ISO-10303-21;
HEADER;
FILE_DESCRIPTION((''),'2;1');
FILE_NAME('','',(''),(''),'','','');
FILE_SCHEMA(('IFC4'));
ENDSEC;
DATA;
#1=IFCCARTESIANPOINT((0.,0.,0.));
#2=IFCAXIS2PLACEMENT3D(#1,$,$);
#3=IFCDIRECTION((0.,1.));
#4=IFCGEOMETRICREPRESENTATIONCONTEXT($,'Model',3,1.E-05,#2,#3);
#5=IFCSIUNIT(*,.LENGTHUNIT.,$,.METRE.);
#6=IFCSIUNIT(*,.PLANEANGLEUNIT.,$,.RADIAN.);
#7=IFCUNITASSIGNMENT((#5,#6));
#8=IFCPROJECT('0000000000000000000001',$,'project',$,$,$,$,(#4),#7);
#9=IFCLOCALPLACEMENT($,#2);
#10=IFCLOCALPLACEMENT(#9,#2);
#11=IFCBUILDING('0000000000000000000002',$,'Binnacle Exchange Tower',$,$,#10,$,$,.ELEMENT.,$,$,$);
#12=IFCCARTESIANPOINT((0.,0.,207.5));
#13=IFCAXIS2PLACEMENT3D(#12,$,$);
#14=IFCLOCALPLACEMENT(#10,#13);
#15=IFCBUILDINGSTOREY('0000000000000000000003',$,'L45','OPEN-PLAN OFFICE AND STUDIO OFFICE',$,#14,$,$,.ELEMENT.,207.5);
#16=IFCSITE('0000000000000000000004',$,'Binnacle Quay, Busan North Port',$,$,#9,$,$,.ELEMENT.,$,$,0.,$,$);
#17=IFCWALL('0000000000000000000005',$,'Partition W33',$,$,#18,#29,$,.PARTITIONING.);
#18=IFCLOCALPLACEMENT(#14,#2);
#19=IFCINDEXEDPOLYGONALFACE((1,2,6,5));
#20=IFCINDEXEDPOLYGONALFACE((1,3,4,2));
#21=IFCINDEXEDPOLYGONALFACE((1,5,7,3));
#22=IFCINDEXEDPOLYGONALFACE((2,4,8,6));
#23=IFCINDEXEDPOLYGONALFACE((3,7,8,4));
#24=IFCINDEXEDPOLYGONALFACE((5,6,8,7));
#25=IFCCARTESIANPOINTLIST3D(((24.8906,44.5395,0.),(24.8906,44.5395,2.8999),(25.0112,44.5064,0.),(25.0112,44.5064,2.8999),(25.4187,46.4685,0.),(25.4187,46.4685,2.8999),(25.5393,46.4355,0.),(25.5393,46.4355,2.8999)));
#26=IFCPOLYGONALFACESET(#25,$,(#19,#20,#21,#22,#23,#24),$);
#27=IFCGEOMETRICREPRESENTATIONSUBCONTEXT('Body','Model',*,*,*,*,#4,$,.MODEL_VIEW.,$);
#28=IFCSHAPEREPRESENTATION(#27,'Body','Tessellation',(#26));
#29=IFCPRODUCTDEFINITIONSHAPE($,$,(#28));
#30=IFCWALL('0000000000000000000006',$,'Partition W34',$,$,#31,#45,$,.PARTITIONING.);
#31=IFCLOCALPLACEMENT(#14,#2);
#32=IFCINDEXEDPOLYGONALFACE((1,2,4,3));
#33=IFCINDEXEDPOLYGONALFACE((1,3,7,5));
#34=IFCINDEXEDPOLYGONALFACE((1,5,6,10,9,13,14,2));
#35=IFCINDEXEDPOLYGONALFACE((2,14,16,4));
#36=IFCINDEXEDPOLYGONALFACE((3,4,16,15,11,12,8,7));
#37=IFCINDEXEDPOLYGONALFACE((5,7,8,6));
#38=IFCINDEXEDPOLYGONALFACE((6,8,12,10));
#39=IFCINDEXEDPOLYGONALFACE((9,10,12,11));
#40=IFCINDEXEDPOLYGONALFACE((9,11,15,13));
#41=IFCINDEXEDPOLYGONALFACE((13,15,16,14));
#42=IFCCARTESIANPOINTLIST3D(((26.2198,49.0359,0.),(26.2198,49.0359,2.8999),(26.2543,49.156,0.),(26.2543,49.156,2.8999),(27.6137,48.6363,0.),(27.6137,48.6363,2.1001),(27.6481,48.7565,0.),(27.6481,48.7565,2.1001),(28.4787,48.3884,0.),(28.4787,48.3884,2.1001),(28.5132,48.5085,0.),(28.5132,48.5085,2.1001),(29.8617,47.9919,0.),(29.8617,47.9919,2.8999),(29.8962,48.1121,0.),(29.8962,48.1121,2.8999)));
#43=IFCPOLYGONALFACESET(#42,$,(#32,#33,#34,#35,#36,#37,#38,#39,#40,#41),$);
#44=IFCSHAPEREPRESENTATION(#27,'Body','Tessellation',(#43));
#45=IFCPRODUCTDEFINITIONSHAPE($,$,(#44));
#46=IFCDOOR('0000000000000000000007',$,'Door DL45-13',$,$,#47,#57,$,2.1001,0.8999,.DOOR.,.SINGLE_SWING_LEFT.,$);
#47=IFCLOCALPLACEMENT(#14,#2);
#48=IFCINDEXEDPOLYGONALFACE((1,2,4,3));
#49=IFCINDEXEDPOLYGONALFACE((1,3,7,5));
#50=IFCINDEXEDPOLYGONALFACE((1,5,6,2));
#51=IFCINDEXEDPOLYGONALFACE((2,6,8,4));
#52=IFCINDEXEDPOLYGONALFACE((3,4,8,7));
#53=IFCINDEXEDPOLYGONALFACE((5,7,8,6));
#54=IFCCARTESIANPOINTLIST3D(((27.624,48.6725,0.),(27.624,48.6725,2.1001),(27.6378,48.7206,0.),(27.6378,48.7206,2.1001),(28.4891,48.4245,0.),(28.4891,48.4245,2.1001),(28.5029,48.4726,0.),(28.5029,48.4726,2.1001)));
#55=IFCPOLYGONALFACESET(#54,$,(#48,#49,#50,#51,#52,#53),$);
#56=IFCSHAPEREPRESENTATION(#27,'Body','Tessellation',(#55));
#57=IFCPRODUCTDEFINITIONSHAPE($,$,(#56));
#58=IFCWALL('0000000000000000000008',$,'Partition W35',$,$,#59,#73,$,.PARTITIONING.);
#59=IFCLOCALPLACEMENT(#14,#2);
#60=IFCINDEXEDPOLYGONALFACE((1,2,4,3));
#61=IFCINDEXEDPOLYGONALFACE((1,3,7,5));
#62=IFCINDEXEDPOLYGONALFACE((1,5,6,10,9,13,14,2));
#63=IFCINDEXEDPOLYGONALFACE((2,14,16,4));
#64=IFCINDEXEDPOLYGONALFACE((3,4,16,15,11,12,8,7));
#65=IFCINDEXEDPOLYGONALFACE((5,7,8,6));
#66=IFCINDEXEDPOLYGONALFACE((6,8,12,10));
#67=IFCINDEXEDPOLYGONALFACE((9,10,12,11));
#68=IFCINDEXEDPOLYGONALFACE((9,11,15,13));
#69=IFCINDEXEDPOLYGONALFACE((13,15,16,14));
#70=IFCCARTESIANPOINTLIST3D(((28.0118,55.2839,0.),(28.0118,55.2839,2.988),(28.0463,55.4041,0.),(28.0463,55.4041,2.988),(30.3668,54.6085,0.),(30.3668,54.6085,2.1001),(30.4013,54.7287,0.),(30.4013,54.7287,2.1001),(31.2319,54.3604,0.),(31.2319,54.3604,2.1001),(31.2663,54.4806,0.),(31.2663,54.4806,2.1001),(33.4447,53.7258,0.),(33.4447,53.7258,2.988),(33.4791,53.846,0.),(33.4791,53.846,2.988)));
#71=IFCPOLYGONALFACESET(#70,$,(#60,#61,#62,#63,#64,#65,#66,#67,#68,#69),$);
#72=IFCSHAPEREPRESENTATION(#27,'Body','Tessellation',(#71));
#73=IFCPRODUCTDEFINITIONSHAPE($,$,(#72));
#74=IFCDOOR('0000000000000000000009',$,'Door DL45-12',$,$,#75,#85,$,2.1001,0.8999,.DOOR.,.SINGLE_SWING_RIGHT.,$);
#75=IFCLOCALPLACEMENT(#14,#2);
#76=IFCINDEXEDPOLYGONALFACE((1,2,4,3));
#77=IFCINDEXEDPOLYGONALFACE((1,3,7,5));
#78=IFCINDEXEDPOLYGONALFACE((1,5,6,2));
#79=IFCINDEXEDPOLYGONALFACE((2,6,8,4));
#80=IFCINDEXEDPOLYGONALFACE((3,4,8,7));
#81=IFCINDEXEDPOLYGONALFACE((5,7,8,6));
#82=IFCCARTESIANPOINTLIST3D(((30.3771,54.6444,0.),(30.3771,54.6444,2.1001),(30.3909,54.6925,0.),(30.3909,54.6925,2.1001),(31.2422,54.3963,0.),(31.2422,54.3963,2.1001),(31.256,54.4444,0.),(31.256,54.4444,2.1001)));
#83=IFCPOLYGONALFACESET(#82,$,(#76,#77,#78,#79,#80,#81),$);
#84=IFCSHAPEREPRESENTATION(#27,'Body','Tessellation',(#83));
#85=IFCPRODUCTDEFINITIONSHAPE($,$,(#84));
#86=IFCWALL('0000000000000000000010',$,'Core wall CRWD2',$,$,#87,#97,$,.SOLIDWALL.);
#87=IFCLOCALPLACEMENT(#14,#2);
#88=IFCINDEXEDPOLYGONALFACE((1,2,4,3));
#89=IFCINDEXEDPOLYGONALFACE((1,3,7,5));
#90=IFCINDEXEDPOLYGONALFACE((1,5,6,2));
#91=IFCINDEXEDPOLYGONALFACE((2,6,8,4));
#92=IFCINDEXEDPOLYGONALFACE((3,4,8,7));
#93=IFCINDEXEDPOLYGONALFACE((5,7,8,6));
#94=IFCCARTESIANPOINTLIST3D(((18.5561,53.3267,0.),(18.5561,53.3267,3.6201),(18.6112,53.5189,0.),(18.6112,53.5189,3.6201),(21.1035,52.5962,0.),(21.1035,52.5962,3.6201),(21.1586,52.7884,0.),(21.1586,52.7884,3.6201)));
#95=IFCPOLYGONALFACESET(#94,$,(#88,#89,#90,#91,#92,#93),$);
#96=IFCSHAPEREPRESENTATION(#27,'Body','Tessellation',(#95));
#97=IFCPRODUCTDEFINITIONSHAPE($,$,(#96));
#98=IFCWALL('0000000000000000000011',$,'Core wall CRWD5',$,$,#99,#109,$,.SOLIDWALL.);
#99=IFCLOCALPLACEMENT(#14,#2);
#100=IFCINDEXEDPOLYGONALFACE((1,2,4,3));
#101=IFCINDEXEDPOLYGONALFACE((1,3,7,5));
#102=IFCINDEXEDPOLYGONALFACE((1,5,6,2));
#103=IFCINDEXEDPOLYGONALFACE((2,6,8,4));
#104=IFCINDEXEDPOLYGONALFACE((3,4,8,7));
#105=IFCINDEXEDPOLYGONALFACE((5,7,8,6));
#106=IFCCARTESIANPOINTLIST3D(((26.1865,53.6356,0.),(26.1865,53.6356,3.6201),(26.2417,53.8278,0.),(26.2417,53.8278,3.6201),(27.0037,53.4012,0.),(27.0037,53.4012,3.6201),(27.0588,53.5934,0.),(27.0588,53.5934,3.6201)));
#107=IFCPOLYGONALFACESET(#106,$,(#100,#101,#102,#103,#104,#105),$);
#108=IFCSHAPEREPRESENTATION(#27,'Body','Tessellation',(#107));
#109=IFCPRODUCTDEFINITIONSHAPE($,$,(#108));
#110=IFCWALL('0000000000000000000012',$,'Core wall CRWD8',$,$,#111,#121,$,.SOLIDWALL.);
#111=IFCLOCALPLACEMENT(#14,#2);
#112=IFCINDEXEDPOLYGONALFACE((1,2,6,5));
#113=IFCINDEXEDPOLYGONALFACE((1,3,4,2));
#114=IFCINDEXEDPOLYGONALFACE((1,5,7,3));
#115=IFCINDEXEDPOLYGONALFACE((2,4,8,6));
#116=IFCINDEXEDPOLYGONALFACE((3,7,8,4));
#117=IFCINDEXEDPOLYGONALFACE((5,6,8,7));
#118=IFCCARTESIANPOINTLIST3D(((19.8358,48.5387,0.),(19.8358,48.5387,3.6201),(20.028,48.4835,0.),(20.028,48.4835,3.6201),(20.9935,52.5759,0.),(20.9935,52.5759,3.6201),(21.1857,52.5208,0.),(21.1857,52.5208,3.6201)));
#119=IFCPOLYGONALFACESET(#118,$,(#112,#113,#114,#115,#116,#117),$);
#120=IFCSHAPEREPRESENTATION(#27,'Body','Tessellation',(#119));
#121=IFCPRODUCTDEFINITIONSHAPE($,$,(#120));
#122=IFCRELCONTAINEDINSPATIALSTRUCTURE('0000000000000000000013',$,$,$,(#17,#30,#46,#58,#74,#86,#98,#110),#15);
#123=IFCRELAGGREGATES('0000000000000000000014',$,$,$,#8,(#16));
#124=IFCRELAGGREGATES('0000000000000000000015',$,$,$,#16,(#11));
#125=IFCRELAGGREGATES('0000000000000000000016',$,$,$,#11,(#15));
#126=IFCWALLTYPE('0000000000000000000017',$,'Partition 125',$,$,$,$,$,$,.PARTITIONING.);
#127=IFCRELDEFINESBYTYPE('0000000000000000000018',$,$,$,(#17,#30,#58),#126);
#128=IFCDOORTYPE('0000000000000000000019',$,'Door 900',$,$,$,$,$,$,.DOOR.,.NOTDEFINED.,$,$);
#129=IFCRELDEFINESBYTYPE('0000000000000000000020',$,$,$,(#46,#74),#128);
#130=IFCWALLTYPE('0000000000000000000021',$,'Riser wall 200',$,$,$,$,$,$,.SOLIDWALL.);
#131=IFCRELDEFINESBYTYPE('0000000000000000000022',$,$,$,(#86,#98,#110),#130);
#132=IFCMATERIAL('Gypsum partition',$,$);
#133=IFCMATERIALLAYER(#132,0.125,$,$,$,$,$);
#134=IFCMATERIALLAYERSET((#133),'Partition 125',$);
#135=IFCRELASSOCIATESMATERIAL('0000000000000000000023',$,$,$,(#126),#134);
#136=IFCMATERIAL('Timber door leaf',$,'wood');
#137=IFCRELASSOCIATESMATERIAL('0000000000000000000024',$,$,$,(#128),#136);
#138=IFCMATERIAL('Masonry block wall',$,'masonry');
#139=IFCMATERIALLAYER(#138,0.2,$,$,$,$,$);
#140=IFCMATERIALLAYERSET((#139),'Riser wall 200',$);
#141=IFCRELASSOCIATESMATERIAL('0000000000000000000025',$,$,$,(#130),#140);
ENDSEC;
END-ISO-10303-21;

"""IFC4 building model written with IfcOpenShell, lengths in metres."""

from ifc_helpers import new_model, si_unit, direction, frame, frame_2d, origin, place, context, subcontext, project, spatial, rectangle, extrude, material, layer, layer_set, type_object, element, fill, save


model = new_model("IFC4")

# Units and contexts
model_context = context("Model", 3, precision=1e-05, world=origin(), true_north=direction((0.0, 1.0)))
body_context = subcontext(model_context, "Body", "Model", "MODEL_VIEW")
ifc_project = project(units=[si_unit("LENGTHUNIT", "METRE"), si_unit("PLANEANGLEUNIT", "RADIAN")], contexts=[model_context])

# Site, building, storey
site_placement = place(None, origin())
site = spatial("IfcSite", under=ifc_project, at=site_placement, Name="Binnacle Quay, Busan North Port", CompositionType="ELEMENT", RefElevation=0.0)
building_placement = place(site_placement, origin())
building = spatial("IfcBuilding", under=site, at=building_placement, Name="Binnacle Exchange Tower", CompositionType="ELEMENT")
storey_placement = place(building_placement, frame((0.0, 0.0, 207.5)))
storey = spatial("IfcBuildingStorey", under=building, at=storey_placement, Name="L45", Description="OPEN-PLAN OFFICE AND STUDIO OFFICE", CompositionType="ELEMENT", Elevation=207.5)

# Shared definitions
ifc_material_1 = material(Name="Masonry block wall", Category="masonry")

# Wall
ifc_material_2 = material(Name="Gypsum partition")
ifc_layer_1 = layer(ifc_material_2, 0.125)
ifc_layer_set_1 = layer_set([ifc_layer_1], Name="Partition 125")
wall_type_1 = type_object("IfcWallType", Name="Partition 125", PredefinedType="PARTITIONING", material=ifc_layer_set_1)
wall_1_placement = place(storey_placement, frame((24.9509, 44.5229, 0.0), z_axis=(0.0, 0.0, 1.0), x_axis=(0.264047, 0.96451, 0.0)))
element("IfcWall", 1, at=wall_1_placement, inside=storey, type_object=wall_type_1, Name="Partition W33", PredefinedType="PARTITIONING", context=body_context, shape_type="SweptSolid", body=[
    extrude(rectangle(XDim=2.0, YDim=0.125, at=frame_2d((1.0, 0.0))), origin(), (0.0, 0.0, 1.0), 2.8999),
])

# Walls, openings, doors
wall_2_placement = place(storey_placement, frame((26.2371, 49.0959, 0.0), z_axis=(0.0, 0.0, 1.0), x_axis=(0.961285, -0.275555, 0.0)))
wall_2 = element("IfcWall", 2, at=wall_2_placement, inside=storey, type_object=wall_type_1, Name="Partition W34", PredefinedType="PARTITIONING", context=body_context, shape_type="SweptSolid", body=[
    extrude(rectangle(XDim=3.7886, YDim=0.125, at=frame_2d((1.8943, 0.0))), origin(), (0.0, 0.0, 1.0), 2.8999),
])
opening_1_placement = place(wall_2_placement, frame((1.45, 0.0, 0.0)))
opening_1 = element("IfcOpeningElement", 3, at=opening_1_placement, cuts=wall_2, PredefinedType="OPENING", context=body_context, shape_type="SweptSolid", body=[
    extrude(rectangle(XDim=0.8999, YDim=2.1001, at=frame_2d((0.45, 1.05))), frame((0.0, 0.0725, 0.0), z_axis=(0.0, -1.0, 0.0), x_axis=(1.0, 0.0, 0.0)), (0.0, 0.0, 1.0), 0.145),
])
ifc_material_3 = material(Name="Timber door leaf", Category="wood")
door_type_1 = type_object("IfcDoorType", Name="Door 900", OperationType="NOTDEFINED", PredefinedType="DOOR", material=ifc_material_3)
door_1_placement = place(opening_1_placement, frame((0.8999, 0.0, 0.0), z_axis=(0.0, 0.0, 1.0), x_axis=(-1.0, 0.0, 0.0)))
door_1 = element("IfcDoor", 4, at=door_1_placement, inside=storey, type_object=door_type_1, Name="Door DL45-13", OperationType="SINGLE_SWING_LEFT", OverallHeight=2.1001, OverallWidth=0.8999, PredefinedType="DOOR", context=body_context, shape_type="SweptSolid", body=[
    extrude(rectangle(XDim=0.8999, YDim=2.1001, at=frame_2d((0.45, 1.05))), frame((0.0, 0.0249, 0.0), z_axis=(0.0, -1.0, 0.0), x_axis=(1.0, 0.0, 0.0)), (0.0, 0.0, 1.0), 0.05),
])
fill(opening_1, door_1)
wall_3_placement = place(storey_placement, frame((28.0291, 55.344, 0.0), z_axis=(0.0, 0.0, 1.0), x_axis=(0.96125, -0.275679, 0.0)))
wall_3 = element("IfcWall", 5, at=wall_3_placement, inside=storey, type_object=wall_type_1, Name="Partition W35", PredefinedType="PARTITIONING", context=body_context, shape_type="SweptSolid", body=[
    extrude(rectangle(XDim=5.6519, YDim=0.125, at=frame_2d((2.8259, 0.0))), origin(), (0.0, 0.0, 1.0), 2.988),
])
opening_2_placement = place(wall_3_placement, frame((2.45, 0.0, 0.0)))
opening_2 = element("IfcOpeningElement", 6, at=opening_2_placement, cuts=wall_3, PredefinedType="OPENING", context=body_context, shape_type="SweptSolid", body=[
    extrude(rectangle(XDim=0.8999, YDim=2.1001, at=frame_2d((0.45, 1.05))), frame((0.0, 0.0725, 0.0), z_axis=(0.0, -1.0, 0.0), x_axis=(1.0, 0.0, 0.0)), (0.0, 0.0, 1.0), 0.145),
])
door_2_placement = place(opening_2_placement, origin())
door_2 = element("IfcDoor", 7, at=door_2_placement, inside=storey, type_object=door_type_1, Name="Door DL45-12", OperationType="SINGLE_SWING_RIGHT", OverallHeight=2.1001, OverallWidth=0.8999, PredefinedType="DOOR", context=body_context, shape_type="SweptSolid", body=[
    extrude(rectangle(XDim=0.8999, YDim=2.1001, at=frame_2d((0.45, 1.05))), frame((0.0, 0.0249, 0.0), z_axis=(0.0, -1.0, 0.0), x_axis=(1.0, 0.0, 0.0)), (0.0, 0.0, 1.0), 0.05),
])
fill(opening_2, door_2)

# Walls
ifc_layer_2 = layer(ifc_material_1, 0.2)
ifc_layer_set_2 = layer_set([ifc_layer_2], Name="Riser wall 200")
wall_type_2 = type_object("IfcWallType", Name="Riser wall 200", PredefinedType="SOLIDWALL", material=ifc_layer_set_2)
wall_4_placement = place(storey_placement, frame((18.5835, 53.4229, 0.0), z_axis=(0.0, 0.0, 1.0), x_axis=(0.961259, -0.275646, 0.0)))
element("IfcWall", 8, at=wall_4_placement, inside=storey, type_object=wall_type_2, Name="Core wall CRWD2", PredefinedType="SOLIDWALL", context=body_context, shape_type="SweptSolid", body=[
    extrude(rectangle(XDim=2.6501, YDim=0.2, at=frame_2d((1.3252, 0.0))), origin(), (0.0, 0.0, 1.0), 3.6201),
])
wall_5_placement = place(storey_placement, frame((26.2141, 53.7317, 0.0), z_axis=(0.0, 0.0, 1.0), x_axis=(0.961242, -0.275707, 0.0)))
element("IfcWall", 9, at=wall_5_placement, inside=storey, type_object=wall_type_2, Name="Core wall CRWD5", PredefinedType="SOLIDWALL", context=body_context, shape_type="SweptSolid", body=[
    extrude(rectangle(XDim=0.8501, YDim=0.2, at=frame_2d((0.425, 0.0))), origin(), (0.0, 0.0, 1.0), 3.6201),
])
wall_6_placement = place(storey_placement, frame((19.9319, 48.511, 0.0), z_axis=(0.0, 0.0, 1.0), x_axis=(0.275642, 0.96126, 0.0)))
element("IfcWall", 10, at=wall_6_placement, inside=storey, type_object=wall_type_2, Name="Core wall CRWD8", PredefinedType="SOLIDWALL", context=body_context, shape_type="SweptSolid", body=[
    extrude(rectangle(XDim=4.2, YDim=0.2, at=frame_2d((2.1001, 0.0))), origin(), (0.0, 0.0, 1.0), 3.6201),
])

save(model, "model.ifc")
